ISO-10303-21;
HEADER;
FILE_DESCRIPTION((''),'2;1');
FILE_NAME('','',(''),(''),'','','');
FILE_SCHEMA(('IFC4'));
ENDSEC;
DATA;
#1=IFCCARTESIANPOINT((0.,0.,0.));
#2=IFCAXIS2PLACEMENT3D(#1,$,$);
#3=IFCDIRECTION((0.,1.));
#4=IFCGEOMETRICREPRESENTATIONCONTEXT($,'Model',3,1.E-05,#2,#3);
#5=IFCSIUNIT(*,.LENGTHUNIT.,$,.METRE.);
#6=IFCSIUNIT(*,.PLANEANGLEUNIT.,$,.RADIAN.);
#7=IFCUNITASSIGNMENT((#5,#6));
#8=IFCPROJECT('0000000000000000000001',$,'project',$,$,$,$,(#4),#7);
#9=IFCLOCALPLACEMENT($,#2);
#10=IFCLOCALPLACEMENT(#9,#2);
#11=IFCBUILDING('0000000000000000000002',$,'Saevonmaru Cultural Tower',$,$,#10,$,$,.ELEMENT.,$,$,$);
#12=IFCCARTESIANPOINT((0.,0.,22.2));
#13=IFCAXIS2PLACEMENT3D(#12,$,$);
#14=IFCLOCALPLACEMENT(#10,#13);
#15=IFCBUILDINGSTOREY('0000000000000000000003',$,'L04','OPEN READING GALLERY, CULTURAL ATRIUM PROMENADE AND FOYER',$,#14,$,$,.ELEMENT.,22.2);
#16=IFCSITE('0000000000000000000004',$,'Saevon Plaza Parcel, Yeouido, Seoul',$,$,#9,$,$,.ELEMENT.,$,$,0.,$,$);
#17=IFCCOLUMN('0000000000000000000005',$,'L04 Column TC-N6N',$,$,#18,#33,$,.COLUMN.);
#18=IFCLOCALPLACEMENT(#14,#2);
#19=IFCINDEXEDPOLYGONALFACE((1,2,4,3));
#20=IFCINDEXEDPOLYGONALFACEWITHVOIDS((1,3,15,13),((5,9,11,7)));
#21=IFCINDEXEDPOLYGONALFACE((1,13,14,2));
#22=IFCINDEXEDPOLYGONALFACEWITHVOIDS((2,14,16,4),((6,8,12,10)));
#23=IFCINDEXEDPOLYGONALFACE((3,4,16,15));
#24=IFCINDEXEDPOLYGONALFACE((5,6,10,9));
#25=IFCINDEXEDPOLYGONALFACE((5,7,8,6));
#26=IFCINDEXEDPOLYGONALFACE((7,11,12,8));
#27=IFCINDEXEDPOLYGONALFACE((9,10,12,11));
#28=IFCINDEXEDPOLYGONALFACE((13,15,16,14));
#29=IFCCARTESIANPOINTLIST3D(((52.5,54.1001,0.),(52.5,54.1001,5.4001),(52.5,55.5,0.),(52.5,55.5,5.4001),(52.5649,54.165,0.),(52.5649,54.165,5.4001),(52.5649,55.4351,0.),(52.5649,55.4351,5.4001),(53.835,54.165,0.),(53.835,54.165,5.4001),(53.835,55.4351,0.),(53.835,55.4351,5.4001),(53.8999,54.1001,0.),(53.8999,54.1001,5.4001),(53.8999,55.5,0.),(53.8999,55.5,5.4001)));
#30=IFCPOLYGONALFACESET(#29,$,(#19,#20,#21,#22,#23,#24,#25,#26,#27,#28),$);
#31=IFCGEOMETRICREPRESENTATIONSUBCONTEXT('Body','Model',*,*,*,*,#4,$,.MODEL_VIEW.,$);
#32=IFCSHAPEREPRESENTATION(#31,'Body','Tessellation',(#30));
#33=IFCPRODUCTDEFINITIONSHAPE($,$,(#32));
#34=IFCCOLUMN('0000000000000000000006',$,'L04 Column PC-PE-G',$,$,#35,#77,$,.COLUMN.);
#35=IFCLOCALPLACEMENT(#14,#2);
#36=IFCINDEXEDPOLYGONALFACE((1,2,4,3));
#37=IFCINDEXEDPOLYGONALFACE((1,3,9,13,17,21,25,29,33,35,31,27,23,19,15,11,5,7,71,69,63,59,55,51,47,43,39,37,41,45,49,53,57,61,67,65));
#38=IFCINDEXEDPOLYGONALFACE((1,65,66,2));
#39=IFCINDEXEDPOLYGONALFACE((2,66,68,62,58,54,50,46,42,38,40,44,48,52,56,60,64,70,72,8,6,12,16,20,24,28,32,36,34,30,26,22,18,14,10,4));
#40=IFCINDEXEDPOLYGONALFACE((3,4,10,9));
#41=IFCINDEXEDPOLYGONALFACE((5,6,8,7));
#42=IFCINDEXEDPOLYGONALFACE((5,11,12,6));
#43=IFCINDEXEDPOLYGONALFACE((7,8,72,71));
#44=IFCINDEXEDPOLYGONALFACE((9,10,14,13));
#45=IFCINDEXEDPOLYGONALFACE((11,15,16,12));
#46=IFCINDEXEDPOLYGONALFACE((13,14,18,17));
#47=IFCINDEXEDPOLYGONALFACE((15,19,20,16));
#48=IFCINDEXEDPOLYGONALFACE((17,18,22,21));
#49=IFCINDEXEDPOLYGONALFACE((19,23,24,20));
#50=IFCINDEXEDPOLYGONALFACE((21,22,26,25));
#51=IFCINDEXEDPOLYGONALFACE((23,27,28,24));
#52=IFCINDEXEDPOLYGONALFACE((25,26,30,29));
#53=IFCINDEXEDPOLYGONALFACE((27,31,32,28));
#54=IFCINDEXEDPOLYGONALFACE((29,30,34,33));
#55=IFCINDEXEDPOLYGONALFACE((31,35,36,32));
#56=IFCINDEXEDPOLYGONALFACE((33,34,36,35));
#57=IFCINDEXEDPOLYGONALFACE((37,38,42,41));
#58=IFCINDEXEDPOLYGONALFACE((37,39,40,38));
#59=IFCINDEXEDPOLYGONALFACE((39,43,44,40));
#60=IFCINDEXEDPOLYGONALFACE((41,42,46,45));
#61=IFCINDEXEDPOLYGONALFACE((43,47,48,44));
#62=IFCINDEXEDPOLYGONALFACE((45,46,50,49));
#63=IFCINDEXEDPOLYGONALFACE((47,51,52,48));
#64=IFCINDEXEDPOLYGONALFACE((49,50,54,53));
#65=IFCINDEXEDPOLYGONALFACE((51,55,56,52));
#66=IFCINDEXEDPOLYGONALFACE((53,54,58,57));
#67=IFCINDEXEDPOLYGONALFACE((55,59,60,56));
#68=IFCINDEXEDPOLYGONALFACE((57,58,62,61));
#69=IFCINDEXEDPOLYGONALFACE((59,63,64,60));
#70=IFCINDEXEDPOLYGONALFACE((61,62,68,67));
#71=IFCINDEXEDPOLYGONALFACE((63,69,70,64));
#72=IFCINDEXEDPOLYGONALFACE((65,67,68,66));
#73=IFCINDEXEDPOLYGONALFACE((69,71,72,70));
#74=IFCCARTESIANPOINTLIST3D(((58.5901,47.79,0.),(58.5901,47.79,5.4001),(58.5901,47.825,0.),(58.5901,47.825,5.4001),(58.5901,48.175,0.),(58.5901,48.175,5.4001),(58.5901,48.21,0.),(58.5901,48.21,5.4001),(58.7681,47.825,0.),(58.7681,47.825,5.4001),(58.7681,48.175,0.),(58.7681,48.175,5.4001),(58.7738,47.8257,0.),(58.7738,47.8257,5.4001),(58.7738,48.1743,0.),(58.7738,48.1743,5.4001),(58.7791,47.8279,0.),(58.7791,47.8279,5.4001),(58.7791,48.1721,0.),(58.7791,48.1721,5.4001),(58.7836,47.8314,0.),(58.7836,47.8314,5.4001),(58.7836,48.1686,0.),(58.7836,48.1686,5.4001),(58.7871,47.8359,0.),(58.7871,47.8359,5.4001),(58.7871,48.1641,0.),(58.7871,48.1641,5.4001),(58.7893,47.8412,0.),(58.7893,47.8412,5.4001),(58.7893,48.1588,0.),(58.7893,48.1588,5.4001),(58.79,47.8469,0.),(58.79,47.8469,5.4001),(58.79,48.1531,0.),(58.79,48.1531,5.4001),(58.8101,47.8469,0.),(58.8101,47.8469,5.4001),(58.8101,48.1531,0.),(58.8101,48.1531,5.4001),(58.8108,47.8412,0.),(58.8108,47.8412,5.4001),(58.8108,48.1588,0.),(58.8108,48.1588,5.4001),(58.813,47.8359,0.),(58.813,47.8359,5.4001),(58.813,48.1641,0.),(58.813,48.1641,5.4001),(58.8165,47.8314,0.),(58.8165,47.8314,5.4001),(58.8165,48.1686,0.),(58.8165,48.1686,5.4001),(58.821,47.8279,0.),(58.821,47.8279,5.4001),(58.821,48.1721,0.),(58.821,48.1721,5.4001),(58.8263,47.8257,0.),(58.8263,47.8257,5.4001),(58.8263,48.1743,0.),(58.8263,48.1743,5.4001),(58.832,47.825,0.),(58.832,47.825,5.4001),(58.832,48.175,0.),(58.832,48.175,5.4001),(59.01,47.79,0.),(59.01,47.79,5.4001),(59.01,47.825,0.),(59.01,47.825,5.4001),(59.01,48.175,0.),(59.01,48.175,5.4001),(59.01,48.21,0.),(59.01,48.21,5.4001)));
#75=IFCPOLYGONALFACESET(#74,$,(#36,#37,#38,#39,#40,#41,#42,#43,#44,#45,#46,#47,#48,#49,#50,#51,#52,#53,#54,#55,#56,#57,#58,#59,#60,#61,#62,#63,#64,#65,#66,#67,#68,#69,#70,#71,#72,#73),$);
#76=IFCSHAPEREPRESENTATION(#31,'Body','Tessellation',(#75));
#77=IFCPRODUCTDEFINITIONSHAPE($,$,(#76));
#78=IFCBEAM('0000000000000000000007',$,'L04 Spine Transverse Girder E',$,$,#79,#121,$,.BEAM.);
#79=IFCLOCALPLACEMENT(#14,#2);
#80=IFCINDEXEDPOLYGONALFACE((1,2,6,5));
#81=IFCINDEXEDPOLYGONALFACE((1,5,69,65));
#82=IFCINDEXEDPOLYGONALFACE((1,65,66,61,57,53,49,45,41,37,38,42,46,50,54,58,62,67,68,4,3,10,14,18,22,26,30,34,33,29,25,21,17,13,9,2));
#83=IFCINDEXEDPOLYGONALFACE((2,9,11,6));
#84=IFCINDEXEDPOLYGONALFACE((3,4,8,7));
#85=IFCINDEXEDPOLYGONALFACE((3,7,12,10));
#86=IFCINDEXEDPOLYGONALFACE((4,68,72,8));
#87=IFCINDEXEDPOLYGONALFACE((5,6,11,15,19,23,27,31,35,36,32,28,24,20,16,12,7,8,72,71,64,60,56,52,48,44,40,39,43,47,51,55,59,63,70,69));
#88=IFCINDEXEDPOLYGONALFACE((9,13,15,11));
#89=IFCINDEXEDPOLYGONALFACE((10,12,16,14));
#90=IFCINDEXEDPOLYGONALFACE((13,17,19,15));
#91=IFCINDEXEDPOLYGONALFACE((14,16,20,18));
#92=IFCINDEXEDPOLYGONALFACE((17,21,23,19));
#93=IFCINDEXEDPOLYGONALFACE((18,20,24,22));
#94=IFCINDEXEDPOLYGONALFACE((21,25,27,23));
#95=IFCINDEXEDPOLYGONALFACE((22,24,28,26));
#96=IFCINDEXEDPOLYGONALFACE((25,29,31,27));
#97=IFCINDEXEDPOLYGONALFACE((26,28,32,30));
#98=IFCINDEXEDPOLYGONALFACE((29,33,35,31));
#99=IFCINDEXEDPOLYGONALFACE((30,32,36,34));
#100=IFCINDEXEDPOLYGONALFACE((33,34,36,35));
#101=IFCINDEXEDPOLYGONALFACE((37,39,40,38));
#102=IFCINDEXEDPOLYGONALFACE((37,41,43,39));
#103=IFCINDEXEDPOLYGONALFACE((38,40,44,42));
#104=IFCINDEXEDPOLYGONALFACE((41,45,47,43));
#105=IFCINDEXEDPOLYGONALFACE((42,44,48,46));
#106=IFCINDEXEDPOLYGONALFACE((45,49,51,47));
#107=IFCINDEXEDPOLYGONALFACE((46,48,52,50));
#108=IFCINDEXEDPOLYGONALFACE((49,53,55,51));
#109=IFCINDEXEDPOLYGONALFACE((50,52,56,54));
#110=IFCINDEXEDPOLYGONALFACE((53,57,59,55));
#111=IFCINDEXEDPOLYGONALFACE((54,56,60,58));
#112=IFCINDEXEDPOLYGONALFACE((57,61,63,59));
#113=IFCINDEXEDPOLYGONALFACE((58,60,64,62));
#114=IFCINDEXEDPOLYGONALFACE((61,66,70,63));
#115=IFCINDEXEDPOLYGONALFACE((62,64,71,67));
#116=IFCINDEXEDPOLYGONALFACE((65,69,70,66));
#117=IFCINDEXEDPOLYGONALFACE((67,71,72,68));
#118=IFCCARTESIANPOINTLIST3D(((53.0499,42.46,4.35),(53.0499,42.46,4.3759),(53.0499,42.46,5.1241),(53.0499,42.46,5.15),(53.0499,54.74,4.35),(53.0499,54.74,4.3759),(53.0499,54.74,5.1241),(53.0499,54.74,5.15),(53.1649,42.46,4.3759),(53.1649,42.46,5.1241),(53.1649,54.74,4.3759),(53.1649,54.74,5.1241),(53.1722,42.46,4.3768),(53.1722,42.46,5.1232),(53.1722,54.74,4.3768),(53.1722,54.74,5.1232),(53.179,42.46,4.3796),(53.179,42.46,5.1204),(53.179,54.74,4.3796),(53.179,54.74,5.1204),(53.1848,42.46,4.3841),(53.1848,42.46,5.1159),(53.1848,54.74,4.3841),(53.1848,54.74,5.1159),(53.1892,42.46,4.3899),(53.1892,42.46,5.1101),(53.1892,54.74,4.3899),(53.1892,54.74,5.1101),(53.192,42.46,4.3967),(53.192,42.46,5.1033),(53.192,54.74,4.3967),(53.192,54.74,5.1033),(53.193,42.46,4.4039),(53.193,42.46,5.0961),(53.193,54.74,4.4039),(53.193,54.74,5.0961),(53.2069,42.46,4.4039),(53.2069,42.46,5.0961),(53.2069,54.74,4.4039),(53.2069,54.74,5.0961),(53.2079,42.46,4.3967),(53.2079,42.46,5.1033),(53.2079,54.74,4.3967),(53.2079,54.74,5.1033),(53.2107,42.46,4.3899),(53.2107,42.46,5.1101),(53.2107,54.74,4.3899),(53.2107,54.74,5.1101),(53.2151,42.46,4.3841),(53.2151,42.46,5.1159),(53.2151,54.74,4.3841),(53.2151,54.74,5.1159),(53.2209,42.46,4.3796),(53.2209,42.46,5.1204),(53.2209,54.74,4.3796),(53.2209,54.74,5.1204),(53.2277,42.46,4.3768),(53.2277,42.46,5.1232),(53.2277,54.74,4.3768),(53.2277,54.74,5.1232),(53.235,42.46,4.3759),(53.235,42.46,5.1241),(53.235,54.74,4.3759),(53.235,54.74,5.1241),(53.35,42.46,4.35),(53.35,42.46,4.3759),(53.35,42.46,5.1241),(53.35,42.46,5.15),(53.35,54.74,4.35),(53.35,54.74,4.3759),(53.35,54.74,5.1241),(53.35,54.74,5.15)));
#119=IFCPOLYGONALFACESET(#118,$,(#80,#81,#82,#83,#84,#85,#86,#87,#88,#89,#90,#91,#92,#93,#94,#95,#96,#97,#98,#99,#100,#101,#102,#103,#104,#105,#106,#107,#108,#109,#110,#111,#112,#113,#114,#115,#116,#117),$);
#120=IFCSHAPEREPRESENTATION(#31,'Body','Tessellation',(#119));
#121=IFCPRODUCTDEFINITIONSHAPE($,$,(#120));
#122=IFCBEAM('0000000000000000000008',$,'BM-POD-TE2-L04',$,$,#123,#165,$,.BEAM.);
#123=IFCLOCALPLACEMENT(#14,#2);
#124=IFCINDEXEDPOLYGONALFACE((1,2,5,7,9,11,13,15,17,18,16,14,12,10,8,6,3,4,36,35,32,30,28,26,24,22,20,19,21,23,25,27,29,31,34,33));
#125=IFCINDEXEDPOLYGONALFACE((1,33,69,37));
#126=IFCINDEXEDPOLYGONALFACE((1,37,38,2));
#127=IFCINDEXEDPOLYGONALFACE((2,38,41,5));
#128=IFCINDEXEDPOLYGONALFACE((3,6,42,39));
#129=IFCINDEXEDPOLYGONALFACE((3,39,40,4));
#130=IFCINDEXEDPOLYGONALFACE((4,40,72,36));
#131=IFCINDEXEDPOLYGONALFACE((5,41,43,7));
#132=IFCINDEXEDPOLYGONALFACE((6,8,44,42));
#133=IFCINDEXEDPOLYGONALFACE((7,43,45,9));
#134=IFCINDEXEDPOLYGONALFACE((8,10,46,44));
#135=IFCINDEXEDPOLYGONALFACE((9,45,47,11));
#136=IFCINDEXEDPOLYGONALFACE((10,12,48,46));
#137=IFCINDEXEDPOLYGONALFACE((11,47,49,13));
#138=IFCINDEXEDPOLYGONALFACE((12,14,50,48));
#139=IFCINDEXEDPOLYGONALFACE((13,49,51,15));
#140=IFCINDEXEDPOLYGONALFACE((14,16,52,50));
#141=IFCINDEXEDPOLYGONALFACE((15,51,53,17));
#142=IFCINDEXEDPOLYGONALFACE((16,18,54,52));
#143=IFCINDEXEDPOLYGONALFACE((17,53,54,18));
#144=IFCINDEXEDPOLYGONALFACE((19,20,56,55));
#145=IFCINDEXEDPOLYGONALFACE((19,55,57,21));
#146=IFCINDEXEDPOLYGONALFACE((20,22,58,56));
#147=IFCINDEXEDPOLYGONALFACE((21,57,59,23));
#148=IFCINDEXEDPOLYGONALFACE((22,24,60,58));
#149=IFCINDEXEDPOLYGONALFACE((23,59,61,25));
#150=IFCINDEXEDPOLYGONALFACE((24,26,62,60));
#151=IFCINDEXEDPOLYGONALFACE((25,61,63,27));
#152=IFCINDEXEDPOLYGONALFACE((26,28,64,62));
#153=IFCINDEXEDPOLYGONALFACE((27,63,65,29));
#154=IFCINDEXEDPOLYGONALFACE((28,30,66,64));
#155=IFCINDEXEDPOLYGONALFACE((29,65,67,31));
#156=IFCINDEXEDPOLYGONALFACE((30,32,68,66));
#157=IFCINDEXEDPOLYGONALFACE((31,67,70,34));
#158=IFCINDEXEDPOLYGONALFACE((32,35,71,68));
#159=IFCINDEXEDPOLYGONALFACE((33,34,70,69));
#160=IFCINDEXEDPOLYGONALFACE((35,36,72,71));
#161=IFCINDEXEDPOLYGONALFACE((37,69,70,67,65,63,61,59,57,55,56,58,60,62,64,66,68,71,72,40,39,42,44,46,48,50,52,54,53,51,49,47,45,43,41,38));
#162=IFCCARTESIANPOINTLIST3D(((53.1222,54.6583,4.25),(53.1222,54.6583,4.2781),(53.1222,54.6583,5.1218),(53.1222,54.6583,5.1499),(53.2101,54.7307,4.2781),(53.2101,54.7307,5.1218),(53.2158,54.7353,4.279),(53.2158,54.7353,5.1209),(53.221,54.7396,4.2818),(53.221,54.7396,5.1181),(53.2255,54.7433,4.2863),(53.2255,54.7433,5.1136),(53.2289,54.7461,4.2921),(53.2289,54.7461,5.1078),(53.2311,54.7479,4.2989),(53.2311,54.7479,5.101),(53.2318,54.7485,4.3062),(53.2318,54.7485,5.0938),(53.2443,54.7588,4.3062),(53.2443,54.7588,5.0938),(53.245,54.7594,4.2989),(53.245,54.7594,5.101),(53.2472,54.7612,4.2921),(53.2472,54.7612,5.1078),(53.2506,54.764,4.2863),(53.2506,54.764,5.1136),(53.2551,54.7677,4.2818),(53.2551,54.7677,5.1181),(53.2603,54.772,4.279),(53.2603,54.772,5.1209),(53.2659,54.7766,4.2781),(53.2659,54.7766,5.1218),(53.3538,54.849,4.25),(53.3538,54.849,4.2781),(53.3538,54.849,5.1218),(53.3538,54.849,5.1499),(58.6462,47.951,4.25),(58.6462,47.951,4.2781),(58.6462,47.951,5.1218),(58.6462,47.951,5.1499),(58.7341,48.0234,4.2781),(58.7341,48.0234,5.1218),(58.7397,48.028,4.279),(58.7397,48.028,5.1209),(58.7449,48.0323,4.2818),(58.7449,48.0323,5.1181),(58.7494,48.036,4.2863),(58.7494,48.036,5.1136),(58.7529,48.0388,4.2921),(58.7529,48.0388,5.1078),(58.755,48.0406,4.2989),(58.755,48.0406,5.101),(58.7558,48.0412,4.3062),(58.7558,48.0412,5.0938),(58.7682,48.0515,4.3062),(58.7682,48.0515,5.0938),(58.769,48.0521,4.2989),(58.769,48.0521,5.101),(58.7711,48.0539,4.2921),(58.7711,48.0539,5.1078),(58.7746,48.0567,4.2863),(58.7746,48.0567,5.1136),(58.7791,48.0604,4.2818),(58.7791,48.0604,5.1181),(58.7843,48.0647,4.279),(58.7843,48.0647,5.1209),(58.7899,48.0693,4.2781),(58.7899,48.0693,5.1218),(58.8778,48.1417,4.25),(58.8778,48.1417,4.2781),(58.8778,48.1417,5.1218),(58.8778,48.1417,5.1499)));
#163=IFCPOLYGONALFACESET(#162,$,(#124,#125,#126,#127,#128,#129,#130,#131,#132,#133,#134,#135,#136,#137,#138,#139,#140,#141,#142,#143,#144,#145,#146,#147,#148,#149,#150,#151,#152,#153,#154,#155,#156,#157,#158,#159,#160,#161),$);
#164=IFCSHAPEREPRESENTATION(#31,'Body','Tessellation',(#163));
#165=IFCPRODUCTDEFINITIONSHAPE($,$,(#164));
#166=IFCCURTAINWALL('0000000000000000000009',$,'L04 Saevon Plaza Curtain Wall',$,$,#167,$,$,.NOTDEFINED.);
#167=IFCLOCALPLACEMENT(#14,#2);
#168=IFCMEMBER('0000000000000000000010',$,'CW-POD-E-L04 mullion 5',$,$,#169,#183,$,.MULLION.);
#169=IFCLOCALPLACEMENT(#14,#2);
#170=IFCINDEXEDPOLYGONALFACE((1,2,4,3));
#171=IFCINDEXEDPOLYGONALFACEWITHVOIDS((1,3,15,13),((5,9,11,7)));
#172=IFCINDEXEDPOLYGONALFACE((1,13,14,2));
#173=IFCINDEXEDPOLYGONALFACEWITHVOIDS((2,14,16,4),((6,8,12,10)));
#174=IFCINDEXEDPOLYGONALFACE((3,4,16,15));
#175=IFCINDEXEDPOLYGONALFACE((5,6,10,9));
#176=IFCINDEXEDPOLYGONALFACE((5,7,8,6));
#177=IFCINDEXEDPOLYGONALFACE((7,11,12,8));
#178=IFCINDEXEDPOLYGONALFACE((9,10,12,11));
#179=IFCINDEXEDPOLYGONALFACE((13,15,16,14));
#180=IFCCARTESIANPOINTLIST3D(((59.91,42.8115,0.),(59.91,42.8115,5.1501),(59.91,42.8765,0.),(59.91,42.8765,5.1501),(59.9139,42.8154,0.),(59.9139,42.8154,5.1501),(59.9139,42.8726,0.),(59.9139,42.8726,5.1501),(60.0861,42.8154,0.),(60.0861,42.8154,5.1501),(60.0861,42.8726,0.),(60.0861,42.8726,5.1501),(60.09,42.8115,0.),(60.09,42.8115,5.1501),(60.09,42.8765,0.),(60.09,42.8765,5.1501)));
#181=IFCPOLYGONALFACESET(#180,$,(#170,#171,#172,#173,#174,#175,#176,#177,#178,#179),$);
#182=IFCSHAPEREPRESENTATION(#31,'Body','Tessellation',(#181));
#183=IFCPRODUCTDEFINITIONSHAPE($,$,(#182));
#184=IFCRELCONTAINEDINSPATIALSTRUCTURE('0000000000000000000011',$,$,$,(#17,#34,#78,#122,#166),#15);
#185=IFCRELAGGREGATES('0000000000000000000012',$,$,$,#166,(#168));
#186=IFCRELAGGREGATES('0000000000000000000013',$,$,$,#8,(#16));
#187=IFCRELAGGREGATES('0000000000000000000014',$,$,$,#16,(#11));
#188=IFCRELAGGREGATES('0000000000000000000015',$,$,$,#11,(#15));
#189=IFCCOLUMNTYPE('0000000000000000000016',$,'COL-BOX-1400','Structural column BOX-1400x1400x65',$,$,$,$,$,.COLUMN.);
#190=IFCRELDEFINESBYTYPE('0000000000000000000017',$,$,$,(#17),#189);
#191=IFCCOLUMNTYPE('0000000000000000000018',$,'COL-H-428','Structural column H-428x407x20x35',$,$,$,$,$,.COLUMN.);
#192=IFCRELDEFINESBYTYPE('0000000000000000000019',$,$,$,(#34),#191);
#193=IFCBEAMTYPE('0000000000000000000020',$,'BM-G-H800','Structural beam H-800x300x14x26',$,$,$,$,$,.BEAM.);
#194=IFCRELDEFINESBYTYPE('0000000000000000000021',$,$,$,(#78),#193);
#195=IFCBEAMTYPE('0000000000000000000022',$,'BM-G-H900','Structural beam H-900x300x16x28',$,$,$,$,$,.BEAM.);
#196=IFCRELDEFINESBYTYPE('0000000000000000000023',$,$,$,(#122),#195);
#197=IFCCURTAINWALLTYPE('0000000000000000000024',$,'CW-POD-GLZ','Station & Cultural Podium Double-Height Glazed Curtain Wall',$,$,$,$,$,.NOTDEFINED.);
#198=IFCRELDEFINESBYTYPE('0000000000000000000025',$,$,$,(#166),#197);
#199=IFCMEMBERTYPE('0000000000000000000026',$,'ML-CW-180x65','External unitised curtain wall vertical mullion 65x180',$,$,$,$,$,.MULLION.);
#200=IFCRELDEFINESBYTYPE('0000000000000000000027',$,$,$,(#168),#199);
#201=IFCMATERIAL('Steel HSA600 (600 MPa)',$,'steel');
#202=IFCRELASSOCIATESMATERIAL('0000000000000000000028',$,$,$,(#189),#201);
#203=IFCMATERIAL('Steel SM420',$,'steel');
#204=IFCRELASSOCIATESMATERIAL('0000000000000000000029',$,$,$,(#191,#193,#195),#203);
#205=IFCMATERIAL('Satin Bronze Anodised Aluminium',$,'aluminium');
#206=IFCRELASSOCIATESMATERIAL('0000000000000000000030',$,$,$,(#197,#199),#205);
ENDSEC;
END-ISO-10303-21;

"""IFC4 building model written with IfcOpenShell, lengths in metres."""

from ifc_helpers import new_model, si_unit, direction, frame, origin, origin_2d, place, context, subcontext, project, spatial, hollow_rectangle, i_section, extrude, material, material_profile, profile_set, type_object, element, aggregate, save


model = new_model("IFC4")

# Units and contexts
model_context = context("Model", 3, precision=1e-05, world=origin(), true_north=direction((0.0, 1.0)))
body_context = subcontext(model_context, "Body", "Model", "MODEL_VIEW")
ifc_project = project(units=[si_unit("LENGTHUNIT", "METRE"), si_unit("PLANEANGLEUNIT", "RADIAN")], contexts=[model_context])

# Site, building, storey
site_placement = place(None, origin())
site = spatial("IfcSite", under=ifc_project, at=site_placement, Name="Saevon Plaza Parcel, Yeouido, Seoul", CompositionType="ELEMENT", RefElevation=0.0)
building_placement = place(site_placement, origin())
building = spatial("IfcBuilding", under=site, at=building_placement, Name="Saevonmaru Cultural Tower", CompositionType="ELEMENT")
storey_placement = place(building_placement, frame((0.0, 0.0, 22.2)))
storey = spatial("IfcBuildingStorey", under=building, at=storey_placement, Name="L04", Description="OPEN READING GALLERY, CULTURAL ATRIUM PROMENADE AND FOYER", CompositionType="ELEMENT", Elevation=22.2)

# Columns
ifc_material_1 = material(Name="Steel HSA600 (600 MPa)", Category="steel")
ifc_material_profile_1 = material_profile(ifc_material_1, hollow_rectangle(XDim=1.3999, YDim=1.3999, WallThickness=0.0649, at=origin_2d()), Name="BOX-1400x1400x65")
ifc_profile_set_1 = profile_set([ifc_material_profile_1], Name="Steel HSA600 (600 MPa)")
column_type_1 = type_object("IfcColumnType", Name="COL-BOX-1400", Description="Structural column BOX-1400x1400x65", PredefinedType="COLUMN", material=ifc_profile_set_1)
column_1_placement = place(storey_placement, frame((53.2, 54.8, 0.0), z_axis=(0.0, 0.0, 1.0), x_axis=(1.0, 0.0, 0.0)))
element("IfcColumn", 1, at=column_1_placement, inside=storey, type_object=column_type_1, Name="L04 Column TC-N6N", PredefinedType="COLUMN", context=body_context, shape_type="SweptSolid", body=[
    extrude(hollow_rectangle(XDim=1.3999, YDim=1.3999, WallThickness=0.0649, at=origin_2d()), origin(), (0.0, 0.0, 1.0), 5.4001),
])
ifc_material_2 = material(Name="Steel SM420", Category="steel")
ifc_material_profile_2 = material_profile(ifc_material_2, i_section(OverallWidth=0.4199, OverallDepth=0.4199, WebThickness=0.02, FlangeThickness=0.0349, FilletRadius=0.022, at=origin_2d()), Name="H-428x407x20x35")
ifc_profile_set_2 = profile_set([ifc_material_profile_2], Name="Steel SM420")
column_type_2 = type_object("IfcColumnType", Name="COL-H-428", Description="Structural column H-428x407x20x35", PredefinedType="COLUMN", material=ifc_profile_set_2)
column_2_placement = place(storey_placement, frame((58.8, 48.0, 0.0), z_axis=(0.0, 0.0, 1.0), x_axis=(1.0, 0.0, 0.0)))
element("IfcColumn", 2, at=column_2_placement, inside=storey, type_object=column_type_2, Name="L04 Column PC-PE-G", PredefinedType="COLUMN", context=body_context, shape_type="SweptSolid", body=[
    extrude(i_section(OverallWidth=0.4199, OverallDepth=0.4199, WebThickness=0.02, FlangeThickness=0.0349, FilletRadius=0.022, at=origin_2d()), origin(), (0.0, 0.0, 1.0), 5.4001),
])

# Beams
ifc_material_profile_3 = material_profile(ifc_material_2, i_section(OverallWidth=0.3, OverallDepth=0.8, WebThickness=0.0139, FlangeThickness=0.0259, FilletRadius=0.0281, at=origin_2d()), Name="H-800x300x14x26")
ifc_profile_set_3 = profile_set([ifc_material_profile_3], Name="Steel SM420")
beam_type_1 = type_object("IfcBeamType", Name="BM-G-H800", Description="Structural beam H-800x300x14x26", PredefinedType="BEAM", material=ifc_profile_set_3)
beam_1_placement = place(storey_placement, frame((53.2, 54.74, 4.75), z_axis=(0.0, -1.0, 0.0), x_axis=(1.0, 0.0, 0.0)))
element("IfcBeam", 3, at=beam_1_placement, inside=storey, type_object=beam_type_1, Name="L04 Spine Transverse Girder E", PredefinedType="BEAM", context=body_context, shape_type="SweptSolid", body=[
    extrude(i_section(OverallWidth=0.3, OverallDepth=0.8, WebThickness=0.0139, FlangeThickness=0.0259, FilletRadius=0.0281, at=origin_2d()), origin(), (0.0, 0.0, 1.0), 12.28),
])
ifc_material_profile_4 = material_profile(ifc_material_2, i_section(OverallWidth=0.3, OverallDepth=0.8999, WebThickness=0.0161, FlangeThickness=0.0281, FilletRadius=0.0281, at=origin_2d()), Name="H-900x300x16x28")
ifc_profile_set_4 = profile_set([ifc_material_profile_4], Name="Steel SM420")
beam_type_2 = type_object("IfcBeamType", Name="BM-G-H900", Description="Structural beam H-900x300x16x28", PredefinedType="BEAM", material=ifc_profile_set_4)
beam_2_placement = place(storey_placement, frame((53.238, 54.7537, 4.7), z_axis=(0.635727, -0.771914, 0.0), x_axis=(0.771914, 0.635727, 0.0)))
element("IfcBeam", 4, at=beam_2_placement, inside=storey, type_object=beam_type_2, Name="BM-POD-TE2-L04", PredefinedType="BEAM", context=body_context, shape_type="SweptSolid", body=[
    extrude(i_section(OverallWidth=0.3, OverallDepth=0.8999, WebThickness=0.0161, FlangeThickness=0.0281, FilletRadius=0.0281, at=origin_2d()), origin(), (0.0, 0.0, 1.0), 8.6892),
])

# Curtain wall, member
ifc_material_3 = material(Name="Satin Bronze Anodised Aluminium", Category="aluminium")
curtain_wall_type_1 = type_object("IfcCurtainWallType", Name="CW-POD-GLZ", Description="Station & Cultural Podium Double-Height Glazed Curtain Wall", PredefinedType="NOTDEFINED", material=ifc_material_3)
curtain_wall_1_placement = place(storey_placement, origin())
curtain_wall_1 = element("IfcCurtainWall", 5, at=curtain_wall_1_placement, inside=storey, type_object=curtain_wall_type_1, Name="L04 Saevon Plaza Curtain Wall", PredefinedType="NOTDEFINED")
ifc_material_profile_5 = material_profile(ifc_material_3, hollow_rectangle(XDim=0.0649, YDim=0.1799, WallThickness=0.0039, at=origin_2d()), Name="ALU-MULL-180x65x4")
ifc_profile_set_5 = profile_set([ifc_material_profile_5], Name="Satin Bronze Anodised Aluminium")
member_type_1 = type_object("IfcMemberType", Name="ML-CW-180x65", Description="External unitised curtain wall vertical mullion 65x180", PredefinedType="MULLION", material=ifc_profile_set_5)
member_1_placement = place(storey_placement, frame((60.0, 42.844, 0.0), z_axis=(0.0, 0.0, 1.0), x_axis=(0.0, 1.0, 0.0)))
member_1 = element("IfcMember", 6, at=member_1_placement, type_object=member_type_1, Name="CW-POD-E-L04 mullion 5", PredefinedType="MULLION", context=body_context, shape_type="SweptSolid", body=[
    extrude(hollow_rectangle(XDim=0.0649, YDim=0.1799, WallThickness=0.0039, at=origin_2d()), origin(), (0.0, 0.0, 1.0), 5.1501),
])

aggregate(curtain_wall_1, [member_1])

save(model, "model.ifc")
